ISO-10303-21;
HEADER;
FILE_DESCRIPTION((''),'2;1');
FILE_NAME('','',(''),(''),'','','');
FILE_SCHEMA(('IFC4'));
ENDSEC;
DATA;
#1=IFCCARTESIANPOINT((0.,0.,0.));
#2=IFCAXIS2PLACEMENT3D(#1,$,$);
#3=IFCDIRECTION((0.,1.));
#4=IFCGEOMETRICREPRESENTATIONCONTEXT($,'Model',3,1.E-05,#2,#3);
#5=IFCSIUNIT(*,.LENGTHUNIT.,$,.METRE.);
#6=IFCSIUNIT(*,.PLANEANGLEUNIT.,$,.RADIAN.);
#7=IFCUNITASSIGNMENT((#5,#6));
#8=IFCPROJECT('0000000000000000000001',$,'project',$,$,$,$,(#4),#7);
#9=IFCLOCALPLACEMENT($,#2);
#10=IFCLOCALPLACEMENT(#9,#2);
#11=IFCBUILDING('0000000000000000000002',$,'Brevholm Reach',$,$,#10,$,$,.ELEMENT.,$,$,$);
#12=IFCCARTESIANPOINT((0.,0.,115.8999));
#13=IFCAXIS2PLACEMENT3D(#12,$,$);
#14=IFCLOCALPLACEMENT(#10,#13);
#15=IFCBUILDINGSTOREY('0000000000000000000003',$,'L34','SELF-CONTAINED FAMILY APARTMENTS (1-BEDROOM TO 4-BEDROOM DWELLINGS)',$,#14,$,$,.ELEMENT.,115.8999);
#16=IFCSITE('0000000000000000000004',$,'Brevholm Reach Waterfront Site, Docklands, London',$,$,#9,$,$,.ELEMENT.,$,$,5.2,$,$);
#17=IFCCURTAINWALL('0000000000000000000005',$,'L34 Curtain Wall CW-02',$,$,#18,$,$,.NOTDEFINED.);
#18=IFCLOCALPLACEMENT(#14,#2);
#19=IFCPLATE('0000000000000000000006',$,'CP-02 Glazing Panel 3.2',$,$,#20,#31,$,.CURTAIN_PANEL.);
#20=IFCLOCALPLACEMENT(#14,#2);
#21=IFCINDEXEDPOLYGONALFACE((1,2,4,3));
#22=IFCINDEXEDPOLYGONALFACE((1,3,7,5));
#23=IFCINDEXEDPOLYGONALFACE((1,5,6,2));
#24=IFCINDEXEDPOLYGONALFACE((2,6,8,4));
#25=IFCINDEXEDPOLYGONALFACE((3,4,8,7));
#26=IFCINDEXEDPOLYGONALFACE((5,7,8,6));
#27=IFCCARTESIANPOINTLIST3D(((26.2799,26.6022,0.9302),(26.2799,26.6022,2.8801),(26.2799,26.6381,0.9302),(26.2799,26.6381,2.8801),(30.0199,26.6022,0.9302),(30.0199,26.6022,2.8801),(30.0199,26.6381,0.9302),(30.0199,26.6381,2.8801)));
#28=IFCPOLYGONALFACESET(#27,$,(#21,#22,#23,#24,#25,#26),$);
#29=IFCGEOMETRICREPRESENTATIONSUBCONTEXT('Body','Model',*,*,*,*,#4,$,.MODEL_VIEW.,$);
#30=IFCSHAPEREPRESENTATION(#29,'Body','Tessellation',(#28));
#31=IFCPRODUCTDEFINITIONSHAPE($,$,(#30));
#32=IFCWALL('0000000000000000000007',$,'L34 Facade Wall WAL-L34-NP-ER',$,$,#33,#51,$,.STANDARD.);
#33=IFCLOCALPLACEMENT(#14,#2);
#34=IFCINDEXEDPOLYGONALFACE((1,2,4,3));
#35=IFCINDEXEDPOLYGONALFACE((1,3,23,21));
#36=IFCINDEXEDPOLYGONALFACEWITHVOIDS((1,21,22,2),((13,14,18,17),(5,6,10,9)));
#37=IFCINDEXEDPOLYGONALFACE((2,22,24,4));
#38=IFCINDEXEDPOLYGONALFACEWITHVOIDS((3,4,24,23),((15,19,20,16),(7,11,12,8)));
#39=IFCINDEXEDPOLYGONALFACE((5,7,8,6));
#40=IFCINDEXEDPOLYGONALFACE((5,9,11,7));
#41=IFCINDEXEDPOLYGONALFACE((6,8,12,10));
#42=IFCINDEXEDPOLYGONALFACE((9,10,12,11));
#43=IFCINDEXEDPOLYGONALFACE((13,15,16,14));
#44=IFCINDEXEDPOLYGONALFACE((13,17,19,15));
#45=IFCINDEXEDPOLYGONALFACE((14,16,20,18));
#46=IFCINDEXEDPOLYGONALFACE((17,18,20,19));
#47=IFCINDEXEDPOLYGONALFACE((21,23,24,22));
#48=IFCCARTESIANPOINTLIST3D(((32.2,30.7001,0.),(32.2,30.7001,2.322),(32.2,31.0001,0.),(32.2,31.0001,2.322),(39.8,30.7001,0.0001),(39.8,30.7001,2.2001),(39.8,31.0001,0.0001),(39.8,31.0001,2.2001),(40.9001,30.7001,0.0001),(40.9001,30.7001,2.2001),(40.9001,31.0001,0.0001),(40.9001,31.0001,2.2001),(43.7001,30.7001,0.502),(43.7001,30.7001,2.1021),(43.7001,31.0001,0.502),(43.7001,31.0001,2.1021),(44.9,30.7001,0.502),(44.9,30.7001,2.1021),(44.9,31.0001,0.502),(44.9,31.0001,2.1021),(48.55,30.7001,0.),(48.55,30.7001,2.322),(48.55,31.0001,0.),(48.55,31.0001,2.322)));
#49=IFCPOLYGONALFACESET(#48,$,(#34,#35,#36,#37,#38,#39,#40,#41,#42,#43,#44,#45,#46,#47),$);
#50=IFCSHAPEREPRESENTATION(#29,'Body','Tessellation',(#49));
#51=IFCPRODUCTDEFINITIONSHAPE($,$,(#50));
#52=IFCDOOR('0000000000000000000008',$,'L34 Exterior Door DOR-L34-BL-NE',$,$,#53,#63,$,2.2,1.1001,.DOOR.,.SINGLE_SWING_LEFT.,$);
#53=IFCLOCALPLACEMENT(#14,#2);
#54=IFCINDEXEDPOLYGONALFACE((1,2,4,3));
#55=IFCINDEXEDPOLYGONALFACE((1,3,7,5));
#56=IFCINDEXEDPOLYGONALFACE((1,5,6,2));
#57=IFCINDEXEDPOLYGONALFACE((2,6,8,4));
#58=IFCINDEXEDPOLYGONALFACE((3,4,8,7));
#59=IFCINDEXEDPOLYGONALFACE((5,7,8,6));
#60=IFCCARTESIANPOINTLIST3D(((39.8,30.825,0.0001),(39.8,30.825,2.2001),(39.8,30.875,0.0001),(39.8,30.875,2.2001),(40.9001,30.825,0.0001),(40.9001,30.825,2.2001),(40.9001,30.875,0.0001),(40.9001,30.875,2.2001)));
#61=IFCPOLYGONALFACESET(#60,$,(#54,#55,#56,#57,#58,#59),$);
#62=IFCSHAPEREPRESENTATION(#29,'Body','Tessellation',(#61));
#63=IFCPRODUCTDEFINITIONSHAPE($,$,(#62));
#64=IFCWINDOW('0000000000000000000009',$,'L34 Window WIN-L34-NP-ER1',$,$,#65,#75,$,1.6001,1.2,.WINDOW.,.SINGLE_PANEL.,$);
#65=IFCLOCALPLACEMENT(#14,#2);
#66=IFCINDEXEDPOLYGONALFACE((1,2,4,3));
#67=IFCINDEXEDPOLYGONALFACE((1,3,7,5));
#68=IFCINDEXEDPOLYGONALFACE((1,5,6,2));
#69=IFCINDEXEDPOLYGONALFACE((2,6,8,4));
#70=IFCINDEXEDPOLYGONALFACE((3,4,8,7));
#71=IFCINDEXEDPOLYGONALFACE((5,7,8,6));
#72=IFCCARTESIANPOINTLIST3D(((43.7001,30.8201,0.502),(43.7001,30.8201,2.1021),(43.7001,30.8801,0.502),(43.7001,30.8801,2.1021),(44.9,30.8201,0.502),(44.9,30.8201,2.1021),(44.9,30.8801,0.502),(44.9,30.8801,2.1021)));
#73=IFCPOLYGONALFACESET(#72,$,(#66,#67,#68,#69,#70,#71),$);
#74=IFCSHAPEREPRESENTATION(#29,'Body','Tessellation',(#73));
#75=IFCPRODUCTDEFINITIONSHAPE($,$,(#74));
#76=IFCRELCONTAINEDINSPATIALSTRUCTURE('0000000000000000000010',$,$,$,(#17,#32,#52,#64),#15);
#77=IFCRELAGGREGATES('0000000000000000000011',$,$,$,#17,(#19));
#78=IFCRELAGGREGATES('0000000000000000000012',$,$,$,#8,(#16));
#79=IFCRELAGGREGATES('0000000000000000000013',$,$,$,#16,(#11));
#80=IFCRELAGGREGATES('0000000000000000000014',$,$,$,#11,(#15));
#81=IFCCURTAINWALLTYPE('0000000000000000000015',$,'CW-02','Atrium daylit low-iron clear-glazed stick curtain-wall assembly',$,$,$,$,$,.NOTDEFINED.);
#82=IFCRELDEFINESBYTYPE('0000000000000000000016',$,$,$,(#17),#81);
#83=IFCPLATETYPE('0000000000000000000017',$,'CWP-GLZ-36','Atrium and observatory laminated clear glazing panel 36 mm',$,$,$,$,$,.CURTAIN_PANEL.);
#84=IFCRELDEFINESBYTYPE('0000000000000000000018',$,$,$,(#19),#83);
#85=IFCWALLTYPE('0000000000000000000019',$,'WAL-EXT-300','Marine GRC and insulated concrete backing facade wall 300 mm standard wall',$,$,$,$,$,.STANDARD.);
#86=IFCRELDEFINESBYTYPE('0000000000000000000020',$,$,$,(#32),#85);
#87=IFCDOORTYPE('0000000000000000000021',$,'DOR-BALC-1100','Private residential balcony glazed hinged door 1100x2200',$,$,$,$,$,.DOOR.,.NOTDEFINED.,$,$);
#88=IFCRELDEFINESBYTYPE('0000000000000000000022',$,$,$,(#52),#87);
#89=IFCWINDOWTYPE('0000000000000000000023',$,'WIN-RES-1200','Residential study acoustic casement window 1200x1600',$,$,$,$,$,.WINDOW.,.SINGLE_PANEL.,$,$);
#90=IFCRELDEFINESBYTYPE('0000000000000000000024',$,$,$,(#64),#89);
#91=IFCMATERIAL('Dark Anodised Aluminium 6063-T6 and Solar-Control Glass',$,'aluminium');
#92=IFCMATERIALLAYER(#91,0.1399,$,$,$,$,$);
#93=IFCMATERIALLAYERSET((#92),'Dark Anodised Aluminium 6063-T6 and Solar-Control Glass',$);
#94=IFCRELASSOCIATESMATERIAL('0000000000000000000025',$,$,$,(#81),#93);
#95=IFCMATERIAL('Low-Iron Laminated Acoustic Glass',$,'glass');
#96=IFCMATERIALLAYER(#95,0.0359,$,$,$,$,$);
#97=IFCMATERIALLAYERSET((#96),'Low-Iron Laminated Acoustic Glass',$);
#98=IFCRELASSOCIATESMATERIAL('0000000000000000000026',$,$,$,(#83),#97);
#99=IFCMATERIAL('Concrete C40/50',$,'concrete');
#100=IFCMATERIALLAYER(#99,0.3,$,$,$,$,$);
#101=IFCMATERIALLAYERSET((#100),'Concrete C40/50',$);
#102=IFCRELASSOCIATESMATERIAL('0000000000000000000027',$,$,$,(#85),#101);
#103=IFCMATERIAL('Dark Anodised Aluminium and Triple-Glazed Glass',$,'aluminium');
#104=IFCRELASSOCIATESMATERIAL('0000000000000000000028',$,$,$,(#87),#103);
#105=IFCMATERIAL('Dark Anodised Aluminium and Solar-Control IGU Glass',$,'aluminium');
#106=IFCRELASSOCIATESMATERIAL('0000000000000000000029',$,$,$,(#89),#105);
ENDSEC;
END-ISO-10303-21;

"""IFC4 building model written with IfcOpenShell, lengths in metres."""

from ifc_helpers import new_model, si_unit, direction, frame, frame_2d, origin, origin_2d, place, context, subcontext, project, spatial, rectangle, extrude, material, layer, layer_set, type_object, element, fill, aggregate, save


model = new_model("IFC4")

# Units and contexts
model_context = context("Model", 3, precision=1e-05, world=origin(), true_north=direction((0.0, 1.0)))
body_context = subcontext(model_context, "Body", "Model", "MODEL_VIEW")
ifc_project = project(units=[si_unit("LENGTHUNIT", "METRE"), si_unit("PLANEANGLEUNIT", "RADIAN")], contexts=[model_context])

# Site, building, storey
site_placement = place(None, origin())
site = spatial("IfcSite", under=ifc_project, at=site_placement, Name="Brevholm Reach Waterfront Site, Docklands, London", CompositionType="ELEMENT", RefElevation=5.2)
building_placement = place(site_placement, origin())
building = spatial("IfcBuilding", under=site, at=building_placement, Name="Brevholm Reach", CompositionType="ELEMENT")
storey_placement = place(building_placement, frame((0.0, 0.0, 115.8999)))
storey = spatial("IfcBuildingStorey", under=building, at=storey_placement, Name="L34", Description="SELF-CONTAINED FAMILY APARTMENTS (1-BEDROOM TO 4-BEDROOM DWELLINGS)", CompositionType="ELEMENT", Elevation=115.8999)

# Curtain wall
ifc_material_1 = material(Name="Dark Anodised Aluminium 6063-T6 and Solar-Control Glass", Category="aluminium")
ifc_layer_1 = layer(ifc_material_1, 0.1399)
ifc_layer_set_1 = layer_set([ifc_layer_1], Name="Dark Anodised Aluminium 6063-T6 and Solar-Control Glass")
curtain_wall_type_1 = type_object("IfcCurtainWallType", Name="CW-02", Description="Atrium daylit low-iron clear-glazed stick curtain-wall assembly", PredefinedType="NOTDEFINED", material=ifc_layer_set_1)
curtain_wall_1_placement = place(storey_placement, origin())
curtain_wall_1 = element("IfcCurtainWall", 1, at=curtain_wall_1_placement, inside=storey, type_object=curtain_wall_type_1, Name="L34 Curtain Wall CW-02", PredefinedType="NOTDEFINED")

# Plate
ifc_material_2 = material(Name="Low-Iron Laminated Acoustic Glass", Category="glass")
ifc_layer_2 = layer(ifc_material_2, 0.0359)
ifc_layer_set_2 = layer_set([ifc_layer_2], Name="Low-Iron Laminated Acoustic Glass")
plate_type_1 = type_object("IfcPlateType", Name="CWP-GLZ-36", Description="Atrium and observatory laminated clear glazing panel 36 mm", PredefinedType="CURTAIN_PANEL", material=ifc_layer_set_2)
plate_1_placement = place(storey_placement, frame((28.1499, 26.6201, 0.9302), z_axis=(0.0, 0.0, 1.0), x_axis=(-1.0, 0.0, 0.0)))
plate_1 = element("IfcPlate", 2, at=plate_1_placement, type_object=plate_type_1, Name="CP-02 Glazing Panel 3.2", PredefinedType="CURTAIN_PANEL", context=body_context, shape_type="SweptSolid", body=[
    extrude(rectangle(XDim=3.74, YDim=0.0359, at=origin_2d()), origin(), (0.0, 0.0, 1.0), 1.95),
])
aggregate(curtain_wall_1, [plate_1])

# Wall, openings, door, window
ifc_material_3 = material(Name="Concrete C40/50", Category="concrete")
ifc_layer_3 = layer(ifc_material_3, 0.3)
ifc_layer_set_3 = layer_set([ifc_layer_3], Name="Concrete C40/50")
wall_type = type_object("IfcWallType", Name="WAL-EXT-300", Description="Marine GRC and insulated concrete backing facade wall 300 mm standard wall", PredefinedType="STANDARD", material=ifc_layer_set_3)
wall_placement = place(storey_placement, frame((32.2, 30.8501, 0.0), z_axis=(0.0, 0.0, 1.0), x_axis=(1.0, 0.0, 0.0)))
wall = element("IfcWall", 3, at=wall_placement, inside=storey, type_object=wall_type, Name="L34 Facade Wall WAL-L34-NP-ER", PredefinedType="STANDARD", context=body_context, shape_type="SweptSolid", body=[
    extrude(rectangle(XDim=16.3501, YDim=0.3, at=frame_2d((8.175, 0.0))), origin(), (0.0, 0.0, 1.0), 2.322),
])
opening_1_placement = place(wall_placement, frame((7.6001, 0.0, 0.0)))
opening_1 = element("IfcOpeningElement", 4, at=opening_1_placement, cuts=wall, PredefinedType="OPENING", context=body_context, shape_type="SweptSolid", body=[
    extrude(rectangle(XDim=1.1001, YDim=2.2, at=frame_2d((0.55, 1.1001))), frame((0.0, 0.1599, 0.0), z_axis=(0.0, -1.0, 0.0), x_axis=(1.0, 0.0, 0.0)), (0.0, 0.0, 1.0), 0.3201),
])
opening_2_placement = place(wall_placement, frame((11.5, 0.0, 0.502)))
opening_2 = element("IfcOpeningElement", 5, at=opening_2_placement, cuts=wall, PredefinedType="OPENING", context=body_context, shape_type="SweptSolid", body=[
    extrude(rectangle(XDim=1.2, YDim=1.6001, at=frame_2d((0.6001, 0.8))), frame((0.0, 0.1599, 0.0), z_axis=(0.0, -1.0, 0.0), x_axis=(1.0, 0.0, 0.0)), (0.0, 0.0, 1.0), 0.3201),
])
ifc_material_4 = material(Name="Dark Anodised Aluminium and Triple-Glazed Glass", Category="aluminium")
door_type = type_object("IfcDoorType", Name="DOR-BALC-1100", Description="Private residential balcony glazed hinged door 1100x2200", OperationType="NOTDEFINED", PredefinedType="DOOR", material=ifc_material_4)
door_placement = place(opening_1_placement, origin())
door = element("IfcDoor", 6, at=door_placement, inside=storey, type_object=door_type, Name="L34 Exterior Door DOR-L34-BL-NE", OperationType="SINGLE_SWING_LEFT", OverallHeight=2.2, OverallWidth=1.1001, PredefinedType="DOOR", context=body_context, shape_type="SweptSolid", body=[
    extrude(rectangle(XDim=1.1001, YDim=2.2, at=frame_2d((0.55, 1.1001))), frame((0.0, 0.0249, 0.0), z_axis=(0.0, -1.0, 0.0), x_axis=(1.0, 0.0, 0.0)), (0.0, 0.0, 1.0), 0.05),
])
fill(opening_1, door)
ifc_material_5 = material(Name="Dark Anodised Aluminium and Solar-Control IGU Glass", Category="aluminium")
window_type = type_object("IfcWindowType", Name="WIN-RES-1200", Description="Residential study acoustic casement window 1200x1600", PartitioningType="SINGLE_PANEL", PredefinedType="WINDOW", material=ifc_material_5)
window_placement = place(opening_2_placement, origin())
window = element("IfcWindow", 7, at=window_placement, inside=storey, type_object=window_type, Name="L34 Window WIN-L34-NP-ER1", OverallHeight=1.6001, OverallWidth=1.2, PartitioningType="SINGLE_PANEL", PredefinedType="WINDOW", context=body_context, shape_type="SweptSolid", body=[
    extrude(rectangle(XDim=1.2, YDim=1.6001, at=frame_2d((0.6001, 0.8))), frame((0.0, 0.03, 0.0), z_axis=(0.0, -1.0, 0.0), x_axis=(1.0, 0.0, 0.0)), (0.0, 0.0, 1.0), 0.0601),
])
fill(opening_2, window)

save(model, "model.ifc")
